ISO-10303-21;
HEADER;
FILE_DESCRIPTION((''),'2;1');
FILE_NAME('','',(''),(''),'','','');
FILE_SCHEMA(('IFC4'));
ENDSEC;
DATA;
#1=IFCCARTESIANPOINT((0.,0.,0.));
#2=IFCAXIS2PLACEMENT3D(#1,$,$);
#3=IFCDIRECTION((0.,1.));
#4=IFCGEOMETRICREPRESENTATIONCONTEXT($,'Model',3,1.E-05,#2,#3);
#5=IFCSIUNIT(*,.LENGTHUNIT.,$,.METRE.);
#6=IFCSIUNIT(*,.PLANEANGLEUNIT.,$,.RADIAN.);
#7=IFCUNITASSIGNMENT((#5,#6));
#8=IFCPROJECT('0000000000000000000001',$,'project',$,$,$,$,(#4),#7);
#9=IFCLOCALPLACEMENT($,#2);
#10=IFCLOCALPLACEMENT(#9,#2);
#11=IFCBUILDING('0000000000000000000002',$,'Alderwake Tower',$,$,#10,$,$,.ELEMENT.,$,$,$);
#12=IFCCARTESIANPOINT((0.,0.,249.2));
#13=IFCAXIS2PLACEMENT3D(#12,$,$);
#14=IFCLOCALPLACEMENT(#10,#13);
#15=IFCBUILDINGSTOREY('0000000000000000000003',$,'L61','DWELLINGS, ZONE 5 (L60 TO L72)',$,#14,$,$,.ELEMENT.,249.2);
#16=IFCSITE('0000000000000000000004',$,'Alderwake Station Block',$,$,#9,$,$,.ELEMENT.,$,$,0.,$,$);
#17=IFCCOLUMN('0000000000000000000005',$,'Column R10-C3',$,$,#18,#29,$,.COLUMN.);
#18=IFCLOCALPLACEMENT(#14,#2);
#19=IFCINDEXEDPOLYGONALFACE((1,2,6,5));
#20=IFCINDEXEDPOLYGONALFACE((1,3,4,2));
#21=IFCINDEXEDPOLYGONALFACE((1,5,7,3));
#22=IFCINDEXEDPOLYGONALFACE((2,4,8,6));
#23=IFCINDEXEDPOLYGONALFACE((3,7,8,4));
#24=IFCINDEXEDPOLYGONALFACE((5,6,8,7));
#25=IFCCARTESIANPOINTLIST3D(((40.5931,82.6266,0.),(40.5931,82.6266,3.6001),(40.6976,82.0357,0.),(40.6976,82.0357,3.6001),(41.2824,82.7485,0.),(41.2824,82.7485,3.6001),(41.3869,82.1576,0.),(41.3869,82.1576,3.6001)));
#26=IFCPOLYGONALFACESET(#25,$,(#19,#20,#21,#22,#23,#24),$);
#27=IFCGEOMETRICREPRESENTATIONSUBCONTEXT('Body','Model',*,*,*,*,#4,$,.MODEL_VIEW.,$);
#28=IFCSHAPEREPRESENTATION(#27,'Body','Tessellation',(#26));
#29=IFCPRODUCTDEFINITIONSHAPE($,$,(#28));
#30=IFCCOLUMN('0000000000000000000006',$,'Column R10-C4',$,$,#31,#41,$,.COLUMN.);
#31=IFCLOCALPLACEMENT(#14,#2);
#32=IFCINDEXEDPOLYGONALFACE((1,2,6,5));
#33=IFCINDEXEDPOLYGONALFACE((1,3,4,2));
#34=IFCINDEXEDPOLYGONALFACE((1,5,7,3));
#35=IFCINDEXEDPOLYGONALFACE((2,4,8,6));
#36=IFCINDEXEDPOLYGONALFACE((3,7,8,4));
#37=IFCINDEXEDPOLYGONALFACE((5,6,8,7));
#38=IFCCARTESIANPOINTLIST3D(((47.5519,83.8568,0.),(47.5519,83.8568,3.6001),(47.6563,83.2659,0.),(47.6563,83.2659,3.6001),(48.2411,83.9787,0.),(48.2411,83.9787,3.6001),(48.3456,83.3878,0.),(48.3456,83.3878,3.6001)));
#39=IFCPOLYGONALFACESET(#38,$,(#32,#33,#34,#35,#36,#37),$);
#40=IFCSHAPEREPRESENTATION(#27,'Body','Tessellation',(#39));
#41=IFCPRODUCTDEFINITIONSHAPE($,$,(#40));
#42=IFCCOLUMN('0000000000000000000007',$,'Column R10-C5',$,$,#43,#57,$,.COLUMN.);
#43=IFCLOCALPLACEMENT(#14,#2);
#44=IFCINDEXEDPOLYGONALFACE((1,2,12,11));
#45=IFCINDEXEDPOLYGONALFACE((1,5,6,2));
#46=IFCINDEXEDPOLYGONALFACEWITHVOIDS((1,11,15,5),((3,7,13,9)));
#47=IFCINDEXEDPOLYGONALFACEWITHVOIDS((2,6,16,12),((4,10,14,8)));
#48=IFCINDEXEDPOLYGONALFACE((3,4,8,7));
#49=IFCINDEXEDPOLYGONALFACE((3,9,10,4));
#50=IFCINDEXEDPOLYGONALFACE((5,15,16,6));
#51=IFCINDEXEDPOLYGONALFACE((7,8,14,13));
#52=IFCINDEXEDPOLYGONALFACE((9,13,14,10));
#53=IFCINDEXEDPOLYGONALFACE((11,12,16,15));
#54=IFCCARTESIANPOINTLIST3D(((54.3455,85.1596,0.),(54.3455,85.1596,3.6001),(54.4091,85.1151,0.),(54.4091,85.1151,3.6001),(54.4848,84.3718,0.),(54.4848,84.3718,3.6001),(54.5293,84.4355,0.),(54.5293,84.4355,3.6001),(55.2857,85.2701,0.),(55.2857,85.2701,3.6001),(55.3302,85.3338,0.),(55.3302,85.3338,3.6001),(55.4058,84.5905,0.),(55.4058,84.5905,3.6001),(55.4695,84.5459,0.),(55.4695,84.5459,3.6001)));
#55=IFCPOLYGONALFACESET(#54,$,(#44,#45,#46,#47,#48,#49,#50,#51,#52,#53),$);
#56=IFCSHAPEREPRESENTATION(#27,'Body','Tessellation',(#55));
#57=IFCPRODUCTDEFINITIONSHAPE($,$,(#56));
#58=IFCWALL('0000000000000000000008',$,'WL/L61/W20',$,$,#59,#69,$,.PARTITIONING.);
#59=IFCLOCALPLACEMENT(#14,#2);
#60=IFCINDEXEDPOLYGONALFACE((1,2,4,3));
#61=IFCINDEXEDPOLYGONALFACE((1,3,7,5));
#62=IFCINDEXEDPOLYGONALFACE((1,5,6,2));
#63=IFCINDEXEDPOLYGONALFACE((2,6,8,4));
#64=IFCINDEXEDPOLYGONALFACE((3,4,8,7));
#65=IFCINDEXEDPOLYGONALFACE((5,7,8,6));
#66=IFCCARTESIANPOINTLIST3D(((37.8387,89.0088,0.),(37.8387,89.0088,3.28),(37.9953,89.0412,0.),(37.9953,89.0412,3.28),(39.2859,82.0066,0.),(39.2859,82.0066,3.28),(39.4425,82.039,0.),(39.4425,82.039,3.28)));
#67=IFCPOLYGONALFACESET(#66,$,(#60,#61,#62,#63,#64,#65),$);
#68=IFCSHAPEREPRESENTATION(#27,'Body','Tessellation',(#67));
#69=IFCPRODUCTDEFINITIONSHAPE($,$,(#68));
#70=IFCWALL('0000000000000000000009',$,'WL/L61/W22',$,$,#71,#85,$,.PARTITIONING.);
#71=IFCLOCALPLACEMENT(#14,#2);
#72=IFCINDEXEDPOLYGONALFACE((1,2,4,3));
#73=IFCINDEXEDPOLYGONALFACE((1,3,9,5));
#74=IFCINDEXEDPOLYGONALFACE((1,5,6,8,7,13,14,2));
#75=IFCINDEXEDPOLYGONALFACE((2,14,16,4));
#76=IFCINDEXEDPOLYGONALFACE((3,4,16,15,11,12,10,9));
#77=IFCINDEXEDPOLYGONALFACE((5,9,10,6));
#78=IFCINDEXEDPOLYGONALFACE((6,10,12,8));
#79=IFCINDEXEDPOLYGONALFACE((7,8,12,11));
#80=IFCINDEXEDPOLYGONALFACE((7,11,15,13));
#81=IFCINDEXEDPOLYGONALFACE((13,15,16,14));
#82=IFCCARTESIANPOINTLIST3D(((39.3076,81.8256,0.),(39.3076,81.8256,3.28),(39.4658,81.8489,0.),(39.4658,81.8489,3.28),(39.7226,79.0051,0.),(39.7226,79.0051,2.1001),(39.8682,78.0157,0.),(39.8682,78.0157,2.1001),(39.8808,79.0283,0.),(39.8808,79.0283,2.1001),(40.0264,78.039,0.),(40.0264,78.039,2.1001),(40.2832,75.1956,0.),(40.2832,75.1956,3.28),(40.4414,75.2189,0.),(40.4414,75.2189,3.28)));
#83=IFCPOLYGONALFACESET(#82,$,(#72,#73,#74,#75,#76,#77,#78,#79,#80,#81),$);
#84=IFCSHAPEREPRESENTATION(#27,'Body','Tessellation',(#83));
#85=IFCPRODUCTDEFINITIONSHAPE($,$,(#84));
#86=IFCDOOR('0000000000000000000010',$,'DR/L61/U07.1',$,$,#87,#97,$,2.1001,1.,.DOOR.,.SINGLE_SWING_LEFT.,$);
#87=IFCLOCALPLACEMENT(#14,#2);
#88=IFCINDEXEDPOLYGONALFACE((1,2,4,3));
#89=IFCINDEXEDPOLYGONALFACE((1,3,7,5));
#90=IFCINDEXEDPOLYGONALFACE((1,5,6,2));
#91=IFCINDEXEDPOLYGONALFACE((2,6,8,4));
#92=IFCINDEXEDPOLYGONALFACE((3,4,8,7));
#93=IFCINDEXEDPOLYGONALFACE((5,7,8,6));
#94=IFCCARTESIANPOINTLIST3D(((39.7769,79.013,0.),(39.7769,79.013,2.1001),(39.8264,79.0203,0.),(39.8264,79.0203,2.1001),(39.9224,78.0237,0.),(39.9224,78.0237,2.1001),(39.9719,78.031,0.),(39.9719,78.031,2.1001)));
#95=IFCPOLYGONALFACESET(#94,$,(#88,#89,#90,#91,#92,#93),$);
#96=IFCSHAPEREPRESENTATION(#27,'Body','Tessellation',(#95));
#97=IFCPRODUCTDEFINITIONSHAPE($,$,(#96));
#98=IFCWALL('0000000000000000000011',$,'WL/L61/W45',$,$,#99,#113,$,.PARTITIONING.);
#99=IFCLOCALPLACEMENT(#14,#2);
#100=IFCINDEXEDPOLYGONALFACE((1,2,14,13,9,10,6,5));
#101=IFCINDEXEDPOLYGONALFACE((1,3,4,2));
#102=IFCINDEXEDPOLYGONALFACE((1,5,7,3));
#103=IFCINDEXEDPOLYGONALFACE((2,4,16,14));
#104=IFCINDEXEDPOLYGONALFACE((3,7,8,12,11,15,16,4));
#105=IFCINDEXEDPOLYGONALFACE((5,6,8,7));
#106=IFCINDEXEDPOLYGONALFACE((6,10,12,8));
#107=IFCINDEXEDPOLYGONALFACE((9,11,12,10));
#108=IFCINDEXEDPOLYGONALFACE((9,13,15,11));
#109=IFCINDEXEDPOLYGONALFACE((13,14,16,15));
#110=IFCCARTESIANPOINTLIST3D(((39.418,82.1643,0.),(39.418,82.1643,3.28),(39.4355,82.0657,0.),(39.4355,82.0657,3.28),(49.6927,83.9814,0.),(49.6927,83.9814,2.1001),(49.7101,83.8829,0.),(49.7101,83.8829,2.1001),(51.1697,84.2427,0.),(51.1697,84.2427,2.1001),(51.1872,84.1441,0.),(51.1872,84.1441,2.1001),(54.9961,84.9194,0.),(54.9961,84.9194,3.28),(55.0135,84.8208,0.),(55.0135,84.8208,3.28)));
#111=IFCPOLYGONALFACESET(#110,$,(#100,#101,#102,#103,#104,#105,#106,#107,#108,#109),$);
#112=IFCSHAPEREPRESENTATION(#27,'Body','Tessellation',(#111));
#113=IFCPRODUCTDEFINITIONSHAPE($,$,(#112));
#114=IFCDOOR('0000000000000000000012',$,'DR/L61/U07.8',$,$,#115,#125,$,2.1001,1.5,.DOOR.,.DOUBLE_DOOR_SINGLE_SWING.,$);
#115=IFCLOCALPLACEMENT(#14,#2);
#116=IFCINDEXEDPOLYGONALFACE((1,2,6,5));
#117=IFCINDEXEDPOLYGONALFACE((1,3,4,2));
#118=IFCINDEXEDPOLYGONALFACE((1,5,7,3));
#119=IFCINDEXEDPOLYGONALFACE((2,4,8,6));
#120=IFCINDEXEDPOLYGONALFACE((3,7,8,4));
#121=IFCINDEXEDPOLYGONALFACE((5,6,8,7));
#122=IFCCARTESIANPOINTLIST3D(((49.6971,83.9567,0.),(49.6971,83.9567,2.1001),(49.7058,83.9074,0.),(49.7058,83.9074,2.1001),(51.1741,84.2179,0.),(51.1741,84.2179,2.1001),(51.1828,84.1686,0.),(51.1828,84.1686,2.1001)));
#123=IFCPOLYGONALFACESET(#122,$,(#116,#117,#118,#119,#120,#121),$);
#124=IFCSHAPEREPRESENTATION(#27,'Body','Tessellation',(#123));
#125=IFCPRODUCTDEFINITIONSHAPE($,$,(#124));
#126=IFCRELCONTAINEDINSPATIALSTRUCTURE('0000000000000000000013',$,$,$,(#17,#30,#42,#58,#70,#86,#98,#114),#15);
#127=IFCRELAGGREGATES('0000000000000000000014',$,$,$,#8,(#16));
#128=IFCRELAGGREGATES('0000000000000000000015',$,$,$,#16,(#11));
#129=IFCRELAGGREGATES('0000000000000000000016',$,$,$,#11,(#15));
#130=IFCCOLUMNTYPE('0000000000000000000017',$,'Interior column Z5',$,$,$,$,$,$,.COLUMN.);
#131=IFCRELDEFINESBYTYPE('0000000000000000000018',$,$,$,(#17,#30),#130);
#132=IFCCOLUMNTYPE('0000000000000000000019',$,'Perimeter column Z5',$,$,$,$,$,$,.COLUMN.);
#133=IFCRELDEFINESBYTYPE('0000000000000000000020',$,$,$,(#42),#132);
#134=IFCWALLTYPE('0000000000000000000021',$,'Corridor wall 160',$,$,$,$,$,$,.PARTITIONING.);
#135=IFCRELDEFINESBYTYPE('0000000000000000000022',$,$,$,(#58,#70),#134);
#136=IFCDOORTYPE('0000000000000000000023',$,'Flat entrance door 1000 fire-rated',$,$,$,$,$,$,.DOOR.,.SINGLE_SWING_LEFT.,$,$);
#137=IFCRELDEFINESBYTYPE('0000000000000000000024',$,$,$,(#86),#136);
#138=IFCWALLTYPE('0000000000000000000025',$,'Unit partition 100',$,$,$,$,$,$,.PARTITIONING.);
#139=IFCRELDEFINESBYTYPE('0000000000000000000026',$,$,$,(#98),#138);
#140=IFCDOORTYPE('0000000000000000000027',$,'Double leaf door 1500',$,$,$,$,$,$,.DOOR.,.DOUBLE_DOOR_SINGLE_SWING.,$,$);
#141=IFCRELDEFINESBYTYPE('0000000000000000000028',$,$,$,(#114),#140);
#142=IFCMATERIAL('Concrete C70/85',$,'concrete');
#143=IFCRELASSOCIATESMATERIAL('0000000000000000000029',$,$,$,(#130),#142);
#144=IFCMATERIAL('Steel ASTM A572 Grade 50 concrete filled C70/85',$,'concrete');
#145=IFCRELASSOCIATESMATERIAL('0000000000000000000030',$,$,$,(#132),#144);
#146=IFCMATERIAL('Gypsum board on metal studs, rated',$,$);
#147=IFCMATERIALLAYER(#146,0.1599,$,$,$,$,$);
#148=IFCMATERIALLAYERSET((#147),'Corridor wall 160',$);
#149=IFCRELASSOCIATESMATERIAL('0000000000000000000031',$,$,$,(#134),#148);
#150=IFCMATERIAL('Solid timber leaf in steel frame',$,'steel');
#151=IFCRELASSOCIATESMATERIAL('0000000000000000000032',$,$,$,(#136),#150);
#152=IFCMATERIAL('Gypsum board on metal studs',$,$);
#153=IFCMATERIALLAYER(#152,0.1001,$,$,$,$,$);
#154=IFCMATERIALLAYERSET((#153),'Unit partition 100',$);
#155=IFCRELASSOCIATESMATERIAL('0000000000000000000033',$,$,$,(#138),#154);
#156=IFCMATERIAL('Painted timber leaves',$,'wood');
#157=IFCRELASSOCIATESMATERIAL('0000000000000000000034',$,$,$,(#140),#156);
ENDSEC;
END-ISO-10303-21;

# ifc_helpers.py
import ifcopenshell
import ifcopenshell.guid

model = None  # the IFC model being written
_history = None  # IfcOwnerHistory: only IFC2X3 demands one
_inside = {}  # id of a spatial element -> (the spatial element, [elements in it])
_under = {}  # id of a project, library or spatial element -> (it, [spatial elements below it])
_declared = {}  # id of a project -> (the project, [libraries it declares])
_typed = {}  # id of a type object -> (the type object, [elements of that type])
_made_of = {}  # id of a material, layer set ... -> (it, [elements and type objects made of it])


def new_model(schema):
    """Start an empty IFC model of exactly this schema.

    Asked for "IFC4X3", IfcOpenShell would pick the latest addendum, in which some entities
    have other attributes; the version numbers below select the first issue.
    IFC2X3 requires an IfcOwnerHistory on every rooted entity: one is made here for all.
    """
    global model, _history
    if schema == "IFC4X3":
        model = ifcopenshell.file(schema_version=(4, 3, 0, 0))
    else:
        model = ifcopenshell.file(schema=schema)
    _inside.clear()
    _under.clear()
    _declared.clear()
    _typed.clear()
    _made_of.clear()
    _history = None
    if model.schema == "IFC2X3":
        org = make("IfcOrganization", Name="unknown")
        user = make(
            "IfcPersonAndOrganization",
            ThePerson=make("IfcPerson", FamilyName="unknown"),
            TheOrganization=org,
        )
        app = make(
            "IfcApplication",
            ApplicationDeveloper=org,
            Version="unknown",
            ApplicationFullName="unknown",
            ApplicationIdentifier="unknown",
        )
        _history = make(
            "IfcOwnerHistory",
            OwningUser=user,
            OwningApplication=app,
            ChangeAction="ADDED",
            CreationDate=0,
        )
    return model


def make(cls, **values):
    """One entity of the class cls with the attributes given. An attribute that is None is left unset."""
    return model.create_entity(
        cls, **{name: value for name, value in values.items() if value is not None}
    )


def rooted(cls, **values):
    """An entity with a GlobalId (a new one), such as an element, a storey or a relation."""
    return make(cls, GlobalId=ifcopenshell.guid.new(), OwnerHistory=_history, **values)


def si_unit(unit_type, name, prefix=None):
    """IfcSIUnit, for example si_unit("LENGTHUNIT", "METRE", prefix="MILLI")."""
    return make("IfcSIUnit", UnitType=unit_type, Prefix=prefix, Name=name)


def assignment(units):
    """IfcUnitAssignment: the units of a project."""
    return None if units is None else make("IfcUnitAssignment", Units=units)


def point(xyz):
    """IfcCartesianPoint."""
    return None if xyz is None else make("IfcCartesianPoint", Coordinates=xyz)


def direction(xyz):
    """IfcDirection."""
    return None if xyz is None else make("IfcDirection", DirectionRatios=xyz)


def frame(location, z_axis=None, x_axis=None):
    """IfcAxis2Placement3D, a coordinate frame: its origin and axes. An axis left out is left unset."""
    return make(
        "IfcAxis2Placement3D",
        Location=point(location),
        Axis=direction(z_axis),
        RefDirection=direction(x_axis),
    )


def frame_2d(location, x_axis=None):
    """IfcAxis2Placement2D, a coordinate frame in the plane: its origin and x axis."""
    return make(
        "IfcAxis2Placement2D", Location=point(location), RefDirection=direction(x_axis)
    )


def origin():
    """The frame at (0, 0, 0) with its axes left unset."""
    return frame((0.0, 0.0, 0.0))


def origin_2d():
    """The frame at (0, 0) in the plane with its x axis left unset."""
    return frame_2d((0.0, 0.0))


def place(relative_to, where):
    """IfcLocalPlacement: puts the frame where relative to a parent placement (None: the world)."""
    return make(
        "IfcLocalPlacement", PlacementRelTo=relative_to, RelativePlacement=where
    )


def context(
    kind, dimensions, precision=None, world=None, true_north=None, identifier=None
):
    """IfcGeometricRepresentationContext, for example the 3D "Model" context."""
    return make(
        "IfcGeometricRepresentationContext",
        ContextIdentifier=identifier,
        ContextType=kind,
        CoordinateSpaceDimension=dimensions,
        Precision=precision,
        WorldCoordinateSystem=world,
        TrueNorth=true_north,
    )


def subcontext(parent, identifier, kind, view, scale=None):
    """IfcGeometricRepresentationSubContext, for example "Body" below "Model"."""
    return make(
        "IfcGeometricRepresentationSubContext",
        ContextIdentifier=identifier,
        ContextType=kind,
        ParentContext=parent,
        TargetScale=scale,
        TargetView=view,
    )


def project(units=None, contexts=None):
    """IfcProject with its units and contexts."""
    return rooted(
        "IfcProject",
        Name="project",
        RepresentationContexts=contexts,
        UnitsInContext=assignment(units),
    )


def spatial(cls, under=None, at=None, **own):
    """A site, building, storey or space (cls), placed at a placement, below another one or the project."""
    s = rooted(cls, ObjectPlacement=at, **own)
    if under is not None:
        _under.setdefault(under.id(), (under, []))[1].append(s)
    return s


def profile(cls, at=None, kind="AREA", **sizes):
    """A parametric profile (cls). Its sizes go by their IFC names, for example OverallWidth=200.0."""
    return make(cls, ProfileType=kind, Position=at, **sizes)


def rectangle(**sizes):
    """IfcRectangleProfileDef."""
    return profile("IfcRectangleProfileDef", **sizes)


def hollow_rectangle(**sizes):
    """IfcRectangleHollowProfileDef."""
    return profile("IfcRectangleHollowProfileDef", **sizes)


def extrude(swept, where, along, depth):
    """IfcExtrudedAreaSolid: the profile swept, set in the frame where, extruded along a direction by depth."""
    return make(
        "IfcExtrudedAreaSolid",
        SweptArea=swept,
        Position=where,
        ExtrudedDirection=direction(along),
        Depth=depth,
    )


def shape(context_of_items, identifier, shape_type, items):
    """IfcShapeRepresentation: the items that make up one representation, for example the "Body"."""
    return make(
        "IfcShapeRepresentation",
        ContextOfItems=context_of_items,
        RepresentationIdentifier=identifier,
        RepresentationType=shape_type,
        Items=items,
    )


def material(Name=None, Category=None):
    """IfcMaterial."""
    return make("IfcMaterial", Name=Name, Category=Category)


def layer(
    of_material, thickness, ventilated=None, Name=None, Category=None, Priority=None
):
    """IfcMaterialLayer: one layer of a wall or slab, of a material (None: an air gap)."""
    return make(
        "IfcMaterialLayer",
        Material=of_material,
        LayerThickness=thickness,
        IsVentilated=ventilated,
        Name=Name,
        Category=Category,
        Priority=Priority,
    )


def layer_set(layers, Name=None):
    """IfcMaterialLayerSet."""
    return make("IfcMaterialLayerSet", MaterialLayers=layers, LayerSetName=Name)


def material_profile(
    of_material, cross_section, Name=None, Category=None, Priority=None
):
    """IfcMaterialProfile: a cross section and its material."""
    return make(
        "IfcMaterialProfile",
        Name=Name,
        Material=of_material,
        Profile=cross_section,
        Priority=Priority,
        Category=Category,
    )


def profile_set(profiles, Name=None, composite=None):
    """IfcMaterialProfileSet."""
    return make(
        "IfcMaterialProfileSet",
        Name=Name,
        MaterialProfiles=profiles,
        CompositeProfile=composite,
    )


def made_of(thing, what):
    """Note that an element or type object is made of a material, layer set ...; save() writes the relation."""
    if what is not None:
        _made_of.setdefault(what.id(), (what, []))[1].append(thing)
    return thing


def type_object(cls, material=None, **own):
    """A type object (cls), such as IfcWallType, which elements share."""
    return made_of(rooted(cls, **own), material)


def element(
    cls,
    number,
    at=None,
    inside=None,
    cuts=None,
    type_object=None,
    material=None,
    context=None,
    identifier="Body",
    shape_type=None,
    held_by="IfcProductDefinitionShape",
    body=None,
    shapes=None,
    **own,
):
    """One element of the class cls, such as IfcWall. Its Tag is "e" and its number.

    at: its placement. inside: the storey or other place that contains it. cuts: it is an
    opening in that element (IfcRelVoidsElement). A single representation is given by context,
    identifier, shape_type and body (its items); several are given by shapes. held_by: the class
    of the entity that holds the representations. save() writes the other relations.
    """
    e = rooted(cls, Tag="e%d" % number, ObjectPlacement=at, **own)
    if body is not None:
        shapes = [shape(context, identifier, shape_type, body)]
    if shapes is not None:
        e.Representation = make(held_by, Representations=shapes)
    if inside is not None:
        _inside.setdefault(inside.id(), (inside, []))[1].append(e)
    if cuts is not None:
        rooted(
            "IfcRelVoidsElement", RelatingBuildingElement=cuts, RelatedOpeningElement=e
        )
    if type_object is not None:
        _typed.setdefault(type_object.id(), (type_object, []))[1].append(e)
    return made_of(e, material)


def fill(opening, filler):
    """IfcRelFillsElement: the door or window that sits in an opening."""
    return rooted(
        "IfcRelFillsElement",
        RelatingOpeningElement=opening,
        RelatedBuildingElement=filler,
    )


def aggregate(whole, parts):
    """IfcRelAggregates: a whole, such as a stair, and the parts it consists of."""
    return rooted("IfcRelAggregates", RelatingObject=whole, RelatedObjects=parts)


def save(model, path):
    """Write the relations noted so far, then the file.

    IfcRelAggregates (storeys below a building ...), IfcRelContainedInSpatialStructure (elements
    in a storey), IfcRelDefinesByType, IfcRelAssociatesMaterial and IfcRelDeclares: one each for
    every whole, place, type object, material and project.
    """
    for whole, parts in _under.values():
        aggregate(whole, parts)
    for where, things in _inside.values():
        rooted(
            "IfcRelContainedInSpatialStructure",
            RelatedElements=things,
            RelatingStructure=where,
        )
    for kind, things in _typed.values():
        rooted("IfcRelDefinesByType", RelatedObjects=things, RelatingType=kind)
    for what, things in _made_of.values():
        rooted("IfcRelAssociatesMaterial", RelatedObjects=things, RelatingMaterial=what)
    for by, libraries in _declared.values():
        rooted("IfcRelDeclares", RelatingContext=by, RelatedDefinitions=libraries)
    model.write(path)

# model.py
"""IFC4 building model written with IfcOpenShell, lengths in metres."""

from ifc_helpers import new_model, si_unit, direction, frame, frame_2d, origin, origin_2d, place, context, subcontext, project, spatial, rectangle, hollow_rectangle, extrude, material, layer, layer_set, material_profile, profile_set, type_object, element, fill, save


model = new_model("IFC4")

# Units and contexts
model_context = context("Model", 3, precision=1e-05, world=origin(), true_north=direction((0.0, 1.0)))
body_context = subcontext(model_context, "Body", "Model", "MODEL_VIEW")
ifc_project = project(units=[si_unit("LENGTHUNIT", "METRE"), si_unit("PLANEANGLEUNIT", "RADIAN")], contexts=[model_context])

# Site, building, storey
site_placement = place(None, origin())
site = spatial("IfcSite", under=ifc_project, at=site_placement, Name="Alderwake Station Block", CompositionType="ELEMENT", RefElevation=0.0)
building_placement = place(site_placement, origin())
building = spatial("IfcBuilding", under=site, at=building_placement, Name="Alderwake Tower", CompositionType="ELEMENT")
storey_placement = place(building_placement, frame((0.0, 0.0, 249.2)))
storey = spatial("IfcBuildingStorey", under=building, at=storey_placement, Name="L61", Description="DWELLINGS, ZONE 5 (L60 TO L72)", CompositionType="ELEMENT", Elevation=249.2)

# Columns
ifc_material_1 = material(Name="Concrete C70/85", Category="concrete")
ifc_material_profile_1 = material_profile(ifc_material_1, rectangle(XDim=0.6001, YDim=0.7, at=origin_2d()), Name="RC 700X600")
ifc_profile_set_1 = profile_set([ifc_material_profile_1], Name="Concrete C70/85")
column_type_1 = type_object("IfcColumnType", Name="Interior column Z5", PredefinedType="COLUMN", material=ifc_profile_set_1)
for number, where, z_axis, x_axis, name in (
    (1, (40.99, 82.3921, 0.0), (0.0, 0.0, 1.0), (-0.174109, 0.984726, 0.0), "Column R10-C3"),
    (2, (47.9487, 83.6223, 0.0), (0.0, 0.0, 1.0), (-0.174107, 0.984727, 0.0), "Column R10-C4"),
):
    element("IfcColumn", number, at=place(storey_placement, frame(where, z_axis=z_axis, x_axis=x_axis)), inside=storey, type_object=column_type_1, Name=name, PredefinedType="COLUMN", context=body_context, shape_type="SweptSolid", body=[
        extrude(rectangle(XDim=0.6001, YDim=0.7, at=origin_2d()), origin(), (0.0, 0.0, 1.0), 3.6001),
    ])
ifc_material_2 = material(Name="Steel ASTM A572 Grade 50 concrete filled C70/85", Category="concrete")
ifc_material_profile_2 = material_profile(ifc_material_2, hollow_rectangle(XDim=0.8, YDim=1.0, WallThickness=0.0549, at=origin_2d()), Name="BOX 1000X800X55")
ifc_profile_set_2 = profile_set([ifc_material_profile_2], Name="Steel ASTM A572 Grade 50 concrete filled C70/85")
column_type_2 = type_object("IfcColumnType", Name="Perimeter column Z5", PredefinedType="COLUMN", material=ifc_profile_set_2)
column_placement = place(storey_placement, frame((54.9075, 84.8528, 0.0), z_axis=(0.0, 0.0, 1.0), x_axis=(-0.174109, 0.984726, 0.0)))
element("IfcColumn", 3, at=column_placement, inside=storey, type_object=column_type_2, Name="Column R10-C5", PredefinedType="COLUMN", context=body_context, shape_type="SweptSolid", body=[
    extrude(hollow_rectangle(XDim=0.8, YDim=1.0, WallThickness=0.0549, at=origin_2d()), origin(), (0.0, 0.0, 1.0), 3.6001),
])

# Wall
ifc_material_3 = material(Name="Gypsum board on metal studs, rated")
ifc_layer_1 = layer(ifc_material_3, 0.1599)
ifc_layer_set_1 = layer_set([ifc_layer_1], Name="Corridor wall 160")
wall_type_1 = type_object("IfcWallType", Name="Corridor wall 160", PredefinedType="PARTITIONING", material=ifc_layer_set_1)
wall_1_placement = place(storey_placement, frame((39.3643, 82.0227, 0.0), z_axis=(0.0, 0.0, 1.0), x_axis=(-0.202409, 0.979301, 0.0)))
element("IfcWall", 4, at=wall_1_placement, inside=storey, type_object=wall_type_1, Name="WL/L61/W20", PredefinedType="PARTITIONING", context=body_context, shape_type="SweptSolid", body=[
    extrude(rectangle(XDim=7.1501, YDim=0.1599, at=frame_2d((3.5752, 0.0))), origin(), (0.0, 0.0, 1.0), 3.28),
])

# Wall, opening, door
wall_2_placement = place(storey_placement, frame((39.3867, 81.8372, 0.0), z_axis=(0.0, 0.0, 1.0), x_axis=(0.145577, -0.989347, 0.0)))
wall_2 = element("IfcWall", 5, at=wall_2_placement, inside=storey, type_object=wall_type_1, Name="WL/L61/W22", PredefinedType="PARTITIONING", context=body_context, shape_type="SweptSolid", body=[
    extrude(rectangle(XDim=6.7014, YDim=0.1599, at=frame_2d((3.3506, 0.0))), origin(), (0.0, 0.0, 1.0), 3.28),
])
opening_1_placement = place(wall_2_placement, frame((2.8508, 0.0, 0.0)))
opening_1 = element("IfcOpeningElement", 6, at=opening_1_placement, cuts=wall_2, PredefinedType="OPENING", context=body_context, shape_type="SweptSolid", body=[
    extrude(rectangle(XDim=1.0, YDim=2.1001, at=frame_2d((0.5, 1.05))), frame((0.0, 0.0898, 0.0), z_axis=(0.0, -1.0, 0.0), x_axis=(1.0, 0.0, 0.0)), (0.0, 0.0, 1.0), 0.1799),
])
ifc_material_4 = material(Name="Solid timber leaf in steel frame", Category="steel")
door_type_1 = type_object("IfcDoorType", Name="Flat entrance door 1000 fire-rated", OperationType="SINGLE_SWING_LEFT", PredefinedType="DOOR", material=ifc_material_4)
door_1_placement = place(opening_1_placement, origin())
door_1 = element("IfcDoor", 7, at=door_1_placement, inside=storey, type_object=door_type_1, Name="DR/L61/U07.1", OperationType="SINGLE_SWING_LEFT", OverallHeight=2.1001, OverallWidth=1.0, PredefinedType="DOOR", context=body_context, shape_type="SweptSolid", body=[
    extrude(rectangle(XDim=1.0, YDim=2.1001, at=frame_2d((0.5, 1.05))), frame((0.0, 0.0249, 0.0), z_axis=(0.0, -1.0, 0.0), x_axis=(1.0, 0.0, 0.0)), (0.0, 0.0, 1.0), 0.05),
])
fill(opening_1, door_1)

# Wall, opening, door
ifc_material_5 = material(Name="Gypsum board on metal studs")
ifc_layer_2 = layer(ifc_material_5, 0.1001)
ifc_layer_set_2 = layer_set([ifc_layer_2], Name="Unit partition 100")
wall_type_2 = type_object("IfcWallType", Name="Unit partition 100", PredefinedType="PARTITIONING", material=ifc_layer_set_2)
wall_3_placement = place(storey_placement, frame((39.4268, 82.115, 0.0), z_axis=(0.0, 0.0, 1.0), x_axis=(0.984718, 0.174156, 0.0)))
wall_3 = element("IfcWall", 8, at=wall_3_placement, inside=storey, type_object=wall_type_2, Name="WL/L61/W45", PredefinedType="PARTITIONING", context=body_context, shape_type="SweptSolid", body=[
    extrude(rectangle(XDim=15.8198, YDim=0.1001, at=frame_2d((7.9099, 0.0))), origin(), (0.0, 0.0, 1.0), 3.28),
])
opening_2_placement = place(wall_3_placement, frame((10.4341, 0.0, 0.0)))
opening_2 = element("IfcOpeningElement", 9, at=opening_2_placement, cuts=wall_3, PredefinedType="OPENING", context=body_context, shape_type="SweptSolid", body=[
    extrude(rectangle(XDim=1.5, YDim=2.1001, at=frame_2d((0.75, 1.05))), frame((0.0, 0.0601, 0.0), z_axis=(0.0, -1.0, 0.0), x_axis=(1.0, 0.0, 0.0)), (0.0, 0.0, 1.0), 0.1201),
])
ifc_material_6 = material(Name="Painted timber leaves", Category="wood")
door_type_2 = type_object("IfcDoorType", Name="Double leaf door 1500", OperationType="DOUBLE_DOOR_SINGLE_SWING", PredefinedType="DOOR", material=ifc_material_6)
door_2_placement = place(opening_2_placement, origin())
door_2 = element("IfcDoor", 10, at=door_2_placement, inside=storey, type_object=door_type_2, Name="DR/L61/U07.8", OperationType="DOUBLE_DOOR_SINGLE_SWING", OverallHeight=2.1001, OverallWidth=1.5, PredefinedType="DOOR", context=body_context, shape_type="SweptSolid", body=[
    extrude(rectangle(XDim=1.5, YDim=2.1001, at=frame_2d((0.75, 1.05))), frame((0.0, 0.0249, 0.0), z_axis=(0.0, -1.0, 0.0), x_axis=(1.0, 0.0, 0.0)), (0.0, 0.0, 1.0), 0.05),
])
fill(opening_2, door_2)

save(model, "model.ifc")
